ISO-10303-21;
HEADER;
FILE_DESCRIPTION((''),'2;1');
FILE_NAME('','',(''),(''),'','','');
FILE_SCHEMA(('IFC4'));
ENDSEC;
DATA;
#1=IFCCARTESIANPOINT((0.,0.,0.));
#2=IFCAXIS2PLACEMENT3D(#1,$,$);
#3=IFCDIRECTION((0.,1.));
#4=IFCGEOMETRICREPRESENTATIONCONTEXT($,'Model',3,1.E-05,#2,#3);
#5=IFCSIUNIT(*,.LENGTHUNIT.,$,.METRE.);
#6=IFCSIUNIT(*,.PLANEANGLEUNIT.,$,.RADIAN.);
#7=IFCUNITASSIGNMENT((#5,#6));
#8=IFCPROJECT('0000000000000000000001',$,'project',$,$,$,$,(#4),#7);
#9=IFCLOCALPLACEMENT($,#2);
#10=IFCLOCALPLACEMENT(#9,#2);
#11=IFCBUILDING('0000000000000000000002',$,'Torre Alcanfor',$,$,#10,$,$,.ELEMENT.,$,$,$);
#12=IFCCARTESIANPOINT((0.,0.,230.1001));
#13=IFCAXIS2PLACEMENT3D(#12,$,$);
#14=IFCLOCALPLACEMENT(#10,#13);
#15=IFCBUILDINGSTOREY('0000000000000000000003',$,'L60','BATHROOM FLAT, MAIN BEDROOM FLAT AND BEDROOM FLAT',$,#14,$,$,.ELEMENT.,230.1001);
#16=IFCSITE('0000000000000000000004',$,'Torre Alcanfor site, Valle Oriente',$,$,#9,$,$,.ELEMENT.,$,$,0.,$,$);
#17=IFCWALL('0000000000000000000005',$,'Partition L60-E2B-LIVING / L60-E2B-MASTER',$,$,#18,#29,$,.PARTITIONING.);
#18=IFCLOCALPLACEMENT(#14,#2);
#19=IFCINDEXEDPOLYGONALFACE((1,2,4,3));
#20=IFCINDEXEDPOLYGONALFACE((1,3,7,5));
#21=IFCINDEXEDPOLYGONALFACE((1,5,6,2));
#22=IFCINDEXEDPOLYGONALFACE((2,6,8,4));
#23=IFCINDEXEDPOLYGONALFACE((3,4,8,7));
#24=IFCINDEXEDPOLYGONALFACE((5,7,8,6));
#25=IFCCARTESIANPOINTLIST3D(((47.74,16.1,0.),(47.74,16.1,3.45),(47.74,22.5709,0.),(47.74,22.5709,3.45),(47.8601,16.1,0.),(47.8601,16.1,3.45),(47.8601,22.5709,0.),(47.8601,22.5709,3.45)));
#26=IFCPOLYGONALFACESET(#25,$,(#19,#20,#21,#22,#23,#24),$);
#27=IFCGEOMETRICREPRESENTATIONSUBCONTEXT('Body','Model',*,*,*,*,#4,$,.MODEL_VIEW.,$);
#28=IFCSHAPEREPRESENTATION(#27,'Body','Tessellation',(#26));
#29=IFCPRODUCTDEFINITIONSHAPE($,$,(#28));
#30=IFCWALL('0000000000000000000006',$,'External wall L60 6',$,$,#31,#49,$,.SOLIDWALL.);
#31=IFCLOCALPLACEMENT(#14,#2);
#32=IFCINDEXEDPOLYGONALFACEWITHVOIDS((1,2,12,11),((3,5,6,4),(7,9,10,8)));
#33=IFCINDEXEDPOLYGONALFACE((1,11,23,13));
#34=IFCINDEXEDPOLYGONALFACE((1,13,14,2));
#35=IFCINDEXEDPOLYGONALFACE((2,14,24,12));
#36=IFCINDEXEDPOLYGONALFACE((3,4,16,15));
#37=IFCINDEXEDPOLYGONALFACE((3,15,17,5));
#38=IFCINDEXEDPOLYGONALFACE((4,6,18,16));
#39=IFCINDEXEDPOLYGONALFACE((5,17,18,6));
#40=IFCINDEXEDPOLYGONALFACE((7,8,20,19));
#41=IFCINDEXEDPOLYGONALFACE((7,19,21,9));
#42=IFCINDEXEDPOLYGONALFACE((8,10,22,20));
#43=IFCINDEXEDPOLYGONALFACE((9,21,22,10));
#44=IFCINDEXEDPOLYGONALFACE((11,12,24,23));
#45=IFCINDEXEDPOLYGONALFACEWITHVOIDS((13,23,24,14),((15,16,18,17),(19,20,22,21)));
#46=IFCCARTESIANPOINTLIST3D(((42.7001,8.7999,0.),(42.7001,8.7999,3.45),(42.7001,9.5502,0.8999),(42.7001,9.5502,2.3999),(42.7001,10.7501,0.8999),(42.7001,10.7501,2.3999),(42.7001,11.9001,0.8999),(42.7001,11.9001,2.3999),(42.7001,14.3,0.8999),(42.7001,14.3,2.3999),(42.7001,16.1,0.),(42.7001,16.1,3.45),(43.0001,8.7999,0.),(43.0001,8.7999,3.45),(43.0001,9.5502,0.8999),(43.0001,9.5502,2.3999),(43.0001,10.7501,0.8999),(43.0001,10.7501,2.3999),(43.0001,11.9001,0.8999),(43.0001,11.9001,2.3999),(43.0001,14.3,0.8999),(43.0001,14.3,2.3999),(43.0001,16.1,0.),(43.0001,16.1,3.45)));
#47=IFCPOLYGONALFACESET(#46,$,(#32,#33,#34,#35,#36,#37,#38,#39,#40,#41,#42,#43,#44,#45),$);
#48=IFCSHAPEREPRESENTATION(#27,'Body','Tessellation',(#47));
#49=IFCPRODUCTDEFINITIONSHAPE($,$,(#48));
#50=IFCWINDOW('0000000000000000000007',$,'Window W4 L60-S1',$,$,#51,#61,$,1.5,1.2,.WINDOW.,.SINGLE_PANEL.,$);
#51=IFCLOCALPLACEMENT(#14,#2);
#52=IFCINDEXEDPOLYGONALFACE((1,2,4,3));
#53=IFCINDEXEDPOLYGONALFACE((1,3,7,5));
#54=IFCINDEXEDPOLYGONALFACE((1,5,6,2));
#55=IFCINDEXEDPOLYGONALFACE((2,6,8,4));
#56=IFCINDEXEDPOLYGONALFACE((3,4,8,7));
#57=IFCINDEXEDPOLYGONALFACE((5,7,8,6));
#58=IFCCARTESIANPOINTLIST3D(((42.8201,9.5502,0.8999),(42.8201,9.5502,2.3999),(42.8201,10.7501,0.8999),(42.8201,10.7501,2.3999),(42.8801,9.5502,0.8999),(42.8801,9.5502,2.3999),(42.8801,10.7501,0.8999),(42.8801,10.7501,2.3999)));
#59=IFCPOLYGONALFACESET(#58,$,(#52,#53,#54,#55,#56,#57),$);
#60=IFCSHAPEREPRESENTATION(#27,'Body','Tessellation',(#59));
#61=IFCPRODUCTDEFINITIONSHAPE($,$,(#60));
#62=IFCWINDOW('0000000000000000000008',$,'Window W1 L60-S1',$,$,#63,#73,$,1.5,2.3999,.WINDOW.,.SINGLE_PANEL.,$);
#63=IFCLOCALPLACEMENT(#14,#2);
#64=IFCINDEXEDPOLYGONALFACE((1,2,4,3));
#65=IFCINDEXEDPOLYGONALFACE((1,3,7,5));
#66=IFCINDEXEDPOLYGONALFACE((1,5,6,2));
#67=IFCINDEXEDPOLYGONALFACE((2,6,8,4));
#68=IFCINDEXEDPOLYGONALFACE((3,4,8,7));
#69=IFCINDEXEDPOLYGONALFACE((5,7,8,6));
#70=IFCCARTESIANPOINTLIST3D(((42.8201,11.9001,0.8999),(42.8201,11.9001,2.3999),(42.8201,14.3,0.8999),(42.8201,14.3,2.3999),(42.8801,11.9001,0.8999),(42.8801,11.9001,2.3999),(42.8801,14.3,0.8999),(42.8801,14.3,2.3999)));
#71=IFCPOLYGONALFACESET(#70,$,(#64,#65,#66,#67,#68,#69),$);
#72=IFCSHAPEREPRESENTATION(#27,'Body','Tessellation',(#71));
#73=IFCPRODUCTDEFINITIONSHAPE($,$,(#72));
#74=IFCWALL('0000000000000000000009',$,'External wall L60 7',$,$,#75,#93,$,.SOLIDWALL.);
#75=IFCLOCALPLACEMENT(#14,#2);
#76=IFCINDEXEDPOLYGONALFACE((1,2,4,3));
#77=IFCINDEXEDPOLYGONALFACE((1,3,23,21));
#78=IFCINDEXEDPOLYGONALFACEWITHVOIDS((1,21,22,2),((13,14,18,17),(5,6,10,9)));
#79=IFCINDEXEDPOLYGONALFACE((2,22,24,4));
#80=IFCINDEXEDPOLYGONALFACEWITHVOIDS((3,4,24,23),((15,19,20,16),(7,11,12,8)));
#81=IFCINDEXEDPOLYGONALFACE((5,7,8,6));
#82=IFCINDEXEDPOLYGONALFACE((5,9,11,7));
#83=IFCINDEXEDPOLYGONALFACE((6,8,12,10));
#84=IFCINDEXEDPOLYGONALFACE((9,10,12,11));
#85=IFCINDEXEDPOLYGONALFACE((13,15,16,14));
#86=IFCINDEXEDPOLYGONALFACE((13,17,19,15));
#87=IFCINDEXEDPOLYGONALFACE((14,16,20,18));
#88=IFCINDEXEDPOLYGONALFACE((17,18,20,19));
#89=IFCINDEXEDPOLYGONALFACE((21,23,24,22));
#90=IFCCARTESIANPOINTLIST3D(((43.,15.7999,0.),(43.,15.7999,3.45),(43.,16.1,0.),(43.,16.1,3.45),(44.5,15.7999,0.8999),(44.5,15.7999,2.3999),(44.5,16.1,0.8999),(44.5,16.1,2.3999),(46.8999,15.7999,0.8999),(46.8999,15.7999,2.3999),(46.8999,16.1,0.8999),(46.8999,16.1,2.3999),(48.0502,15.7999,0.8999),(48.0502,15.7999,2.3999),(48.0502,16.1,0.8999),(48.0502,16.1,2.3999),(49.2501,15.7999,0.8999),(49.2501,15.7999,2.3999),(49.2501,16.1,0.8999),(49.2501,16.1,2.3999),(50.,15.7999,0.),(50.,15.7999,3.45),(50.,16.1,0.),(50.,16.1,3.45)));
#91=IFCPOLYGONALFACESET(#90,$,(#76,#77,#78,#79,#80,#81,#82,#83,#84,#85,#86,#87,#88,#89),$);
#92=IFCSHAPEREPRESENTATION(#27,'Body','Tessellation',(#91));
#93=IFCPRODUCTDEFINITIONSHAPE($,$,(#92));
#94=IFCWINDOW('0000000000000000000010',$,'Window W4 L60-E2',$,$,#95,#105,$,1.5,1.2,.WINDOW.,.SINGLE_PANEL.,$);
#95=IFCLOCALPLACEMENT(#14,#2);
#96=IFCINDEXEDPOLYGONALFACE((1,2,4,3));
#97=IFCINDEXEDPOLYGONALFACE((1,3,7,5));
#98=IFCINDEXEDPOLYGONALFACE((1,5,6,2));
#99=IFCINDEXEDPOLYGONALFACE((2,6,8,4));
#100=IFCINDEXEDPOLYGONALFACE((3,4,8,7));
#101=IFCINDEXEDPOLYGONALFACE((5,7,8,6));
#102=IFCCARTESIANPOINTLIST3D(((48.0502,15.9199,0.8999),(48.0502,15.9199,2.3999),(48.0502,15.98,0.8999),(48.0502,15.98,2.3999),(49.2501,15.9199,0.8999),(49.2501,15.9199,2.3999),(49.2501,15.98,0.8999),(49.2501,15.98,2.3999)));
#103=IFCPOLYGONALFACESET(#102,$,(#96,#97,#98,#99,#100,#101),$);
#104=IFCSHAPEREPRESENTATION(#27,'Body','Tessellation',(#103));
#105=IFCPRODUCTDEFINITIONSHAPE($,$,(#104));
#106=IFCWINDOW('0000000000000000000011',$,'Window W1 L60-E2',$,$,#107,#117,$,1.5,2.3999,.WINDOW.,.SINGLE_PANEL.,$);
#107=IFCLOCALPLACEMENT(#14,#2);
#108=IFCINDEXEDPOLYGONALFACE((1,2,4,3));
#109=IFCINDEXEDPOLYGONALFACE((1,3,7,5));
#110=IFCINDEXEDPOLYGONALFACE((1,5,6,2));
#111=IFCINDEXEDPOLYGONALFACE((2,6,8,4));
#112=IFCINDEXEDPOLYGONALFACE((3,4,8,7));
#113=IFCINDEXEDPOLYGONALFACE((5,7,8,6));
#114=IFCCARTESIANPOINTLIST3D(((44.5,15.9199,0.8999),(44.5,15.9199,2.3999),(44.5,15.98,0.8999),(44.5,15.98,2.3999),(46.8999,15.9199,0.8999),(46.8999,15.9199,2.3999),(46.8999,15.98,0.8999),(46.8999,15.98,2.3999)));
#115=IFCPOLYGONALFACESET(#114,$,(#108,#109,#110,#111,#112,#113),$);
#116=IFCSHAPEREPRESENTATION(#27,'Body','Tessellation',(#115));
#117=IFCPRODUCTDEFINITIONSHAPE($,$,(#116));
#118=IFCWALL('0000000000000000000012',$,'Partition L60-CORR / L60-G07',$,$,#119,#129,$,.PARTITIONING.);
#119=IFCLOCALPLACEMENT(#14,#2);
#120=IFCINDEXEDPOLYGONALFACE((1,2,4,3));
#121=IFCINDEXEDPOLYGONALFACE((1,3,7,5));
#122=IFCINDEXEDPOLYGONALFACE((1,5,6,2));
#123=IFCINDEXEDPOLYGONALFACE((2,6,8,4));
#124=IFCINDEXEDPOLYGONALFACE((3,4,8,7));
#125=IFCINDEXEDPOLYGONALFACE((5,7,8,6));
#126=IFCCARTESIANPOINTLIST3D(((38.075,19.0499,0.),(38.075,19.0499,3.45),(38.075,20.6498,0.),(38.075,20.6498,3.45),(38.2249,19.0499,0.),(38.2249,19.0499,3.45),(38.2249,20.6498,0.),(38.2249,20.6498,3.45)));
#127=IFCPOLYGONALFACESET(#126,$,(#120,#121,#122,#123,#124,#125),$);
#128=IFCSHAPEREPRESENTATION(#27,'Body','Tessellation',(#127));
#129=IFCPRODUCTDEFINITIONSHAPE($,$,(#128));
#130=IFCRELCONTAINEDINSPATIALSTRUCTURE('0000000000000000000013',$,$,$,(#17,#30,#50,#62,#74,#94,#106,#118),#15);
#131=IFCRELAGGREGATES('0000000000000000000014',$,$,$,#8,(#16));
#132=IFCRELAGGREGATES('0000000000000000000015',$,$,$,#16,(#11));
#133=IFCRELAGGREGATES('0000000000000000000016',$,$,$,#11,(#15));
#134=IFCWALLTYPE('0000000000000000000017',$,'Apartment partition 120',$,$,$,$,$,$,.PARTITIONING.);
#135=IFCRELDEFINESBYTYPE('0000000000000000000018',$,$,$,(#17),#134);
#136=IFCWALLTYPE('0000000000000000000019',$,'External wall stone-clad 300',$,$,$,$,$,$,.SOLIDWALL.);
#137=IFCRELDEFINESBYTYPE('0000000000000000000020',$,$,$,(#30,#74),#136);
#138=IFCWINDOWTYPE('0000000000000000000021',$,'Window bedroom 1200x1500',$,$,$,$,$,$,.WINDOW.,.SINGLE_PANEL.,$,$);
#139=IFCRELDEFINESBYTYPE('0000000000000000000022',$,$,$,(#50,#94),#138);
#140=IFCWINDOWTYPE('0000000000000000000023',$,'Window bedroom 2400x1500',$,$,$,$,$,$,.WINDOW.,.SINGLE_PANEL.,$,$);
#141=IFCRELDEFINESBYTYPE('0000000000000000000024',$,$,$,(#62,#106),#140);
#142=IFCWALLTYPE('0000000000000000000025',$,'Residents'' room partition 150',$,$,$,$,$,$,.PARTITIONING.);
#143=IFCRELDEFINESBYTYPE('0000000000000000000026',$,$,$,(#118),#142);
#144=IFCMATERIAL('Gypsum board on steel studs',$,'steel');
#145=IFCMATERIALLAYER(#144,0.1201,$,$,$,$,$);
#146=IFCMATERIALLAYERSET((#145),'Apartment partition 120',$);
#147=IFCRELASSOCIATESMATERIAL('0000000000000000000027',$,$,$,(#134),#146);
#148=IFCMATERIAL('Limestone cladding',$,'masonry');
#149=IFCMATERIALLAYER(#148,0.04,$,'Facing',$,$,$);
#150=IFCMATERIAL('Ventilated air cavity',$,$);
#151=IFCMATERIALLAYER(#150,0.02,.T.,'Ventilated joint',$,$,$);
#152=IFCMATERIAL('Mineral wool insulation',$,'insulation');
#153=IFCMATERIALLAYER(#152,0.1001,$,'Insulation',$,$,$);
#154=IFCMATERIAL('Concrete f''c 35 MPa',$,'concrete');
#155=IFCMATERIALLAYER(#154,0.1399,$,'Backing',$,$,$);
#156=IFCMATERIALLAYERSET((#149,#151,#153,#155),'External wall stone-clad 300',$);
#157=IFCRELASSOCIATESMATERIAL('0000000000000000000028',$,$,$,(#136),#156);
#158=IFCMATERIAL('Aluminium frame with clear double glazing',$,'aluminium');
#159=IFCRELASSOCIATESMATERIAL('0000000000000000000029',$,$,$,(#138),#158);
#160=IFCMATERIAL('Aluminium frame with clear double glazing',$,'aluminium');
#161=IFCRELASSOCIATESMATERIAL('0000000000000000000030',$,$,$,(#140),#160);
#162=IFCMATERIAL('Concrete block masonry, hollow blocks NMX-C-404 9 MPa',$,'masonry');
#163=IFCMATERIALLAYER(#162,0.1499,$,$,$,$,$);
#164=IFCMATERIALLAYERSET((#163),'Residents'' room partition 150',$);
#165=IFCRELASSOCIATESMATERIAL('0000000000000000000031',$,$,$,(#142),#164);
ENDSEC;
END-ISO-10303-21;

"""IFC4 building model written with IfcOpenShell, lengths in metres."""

from ifc_helpers import new_model, si_unit, direction, frame, frame_2d, origin, place, context, subcontext, project, spatial, rectangle, extrude, material, layer, layer_set, type_object, element, fill, save


model = new_model("IFC4")

# Units and contexts
model_context = context("Model", 3, precision=1e-05, world=origin(), true_north=direction((0.0, 1.0)))
body_context = subcontext(model_context, "Body", "Model", "MODEL_VIEW")
ifc_project = project(units=[si_unit("LENGTHUNIT", "METRE"), si_unit("PLANEANGLEUNIT", "RADIAN")], contexts=[model_context])

# Site, building, storey
site_placement = place(None, origin())
site = spatial("IfcSite", under=ifc_project, at=site_placement, Name="Torre Alcanfor site, Valle Oriente", CompositionType="ELEMENT", RefElevation=0.0)
building_placement = place(site_placement, origin())
building = spatial("IfcBuilding", under=site, at=building_placement, Name="Torre Alcanfor", CompositionType="ELEMENT")
storey_placement = place(building_placement, frame((0.0, 0.0, 230.1001)))
storey = spatial("IfcBuildingStorey", under=building, at=storey_placement, Name="L60", Description="BATHROOM FLAT, MAIN BEDROOM FLAT AND BEDROOM FLAT", CompositionType="ELEMENT", Elevation=230.1001)

# Wall
ifc_material_1 = material(Name="Gypsum board on steel studs", Category="steel")
ifc_layer_1 = layer(ifc_material_1, 0.1201)
ifc_layer_set_1 = layer_set([ifc_layer_1], Name="Apartment partition 120")
wall_type_1 = type_object("IfcWallType", Name="Apartment partition 120", PredefinedType="PARTITIONING", material=ifc_layer_set_1)
wall_1_placement = place(storey_placement, frame((47.8, 16.1001, 0.0), z_axis=(0.0, 0.0, 1.0), x_axis=(0.0, 1.0, 0.0)))
element("IfcWall", 1, at=wall_1_placement, inside=storey, type_object=wall_type_1, Name="Partition L60-E2B-LIVING / L60-E2B-MASTER", PredefinedType="PARTITIONING", context=body_context, shape_type="SweptSolid", body=[
    extrude(rectangle(XDim=6.4709, YDim=0.1201, at=frame_2d((3.2354, 0.0))), origin(), (0.0, 0.0, 1.0), 3.45),
])

# Walls, openings, windows
ifc_material_2 = material(Name="Limestone cladding", Category="masonry")
ifc_layer_2 = layer(ifc_material_2, 0.04, Name="Facing")
ifc_material_3 = material(Name="Ventilated air cavity")
ifc_layer_3 = layer(ifc_material_3, 0.02, ventilated=True, Name="Ventilated joint")
ifc_material_4 = material(Name="Mineral wool insulation", Category="insulation")
ifc_layer_4 = layer(ifc_material_4, 0.1001, Name="Insulation")
ifc_material_5 = material(Name="Concrete f'c 35 MPa", Category="concrete")
ifc_layer_5 = layer(ifc_material_5, 0.1399, Name="Backing")
ifc_layer_set_2 = layer_set([ifc_layer_2, ifc_layer_3, ifc_layer_4, ifc_layer_5], Name="External wall stone-clad 300")
wall_type_2 = type_object("IfcWallType", Name="External wall stone-clad 300", PredefinedType="SOLIDWALL", material=ifc_layer_set_2)
wall_2_placement = place(storey_placement, frame((42.8501, 8.8, 0.0), z_axis=(0.0, 0.0, 1.0), x_axis=(0.0, 1.0, 0.0)))
wall_2 = element("IfcWall", 2, at=wall_2_placement, inside=storey, type_object=wall_type_2, Name="External wall L60 6", PredefinedType="SOLIDWALL", context=body_context, shape_type="SweptSolid", body=[
    extrude(rectangle(XDim=7.3, YDim=0.3, at=frame_2d((3.6499, 0.0))), origin(), (0.0, 0.0, 1.0), 3.45),
])
opening_1_placement = place(wall_2_placement, frame((3.1001, 0.0, 0.8999)))
opening_1 = element("IfcOpeningElement", 3, at=opening_1_placement, cuts=wall_2, PredefinedType="OPENING", context=body_context, shape_type="SweptSolid", body=[
    extrude(rectangle(XDim=2.3999, YDim=1.5, at=frame_2d((1.2, 0.75))), frame((0.0, 0.1599, 0.0), z_axis=(0.0, -1.0, 0.0), x_axis=(1.0, 0.0, 0.0)), (0.0, 0.0, 1.0), 0.3201),
])
opening_2_placement = place(wall_2_placement, frame((0.75, 0.0, 0.8999)))
opening_2 = element("IfcOpeningElement", 4, at=opening_2_placement, cuts=wall_2, PredefinedType="OPENING", context=body_context, shape_type="SweptSolid", body=[
    extrude(rectangle(XDim=1.2, YDim=1.5, at=frame_2d((0.6001, 0.75))), frame((0.0, 0.1599, 0.0), z_axis=(0.0, -1.0, 0.0), x_axis=(1.0, 0.0, 0.0)), (0.0, 0.0, 1.0), 0.3201),
])
ifc_material_6 = material(Name="Aluminium frame with clear double glazing", Category="aluminium")
window_type_1 = type_object("IfcWindowType", Name="Window bedroom 1200x1500", PartitioningType="SINGLE_PANEL", PredefinedType="WINDOW", material=ifc_material_6)
window_1_placement = place(opening_2_placement, origin())
window_1 = element("IfcWindow", 5, at=window_1_placement, inside=storey, type_object=window_type_1, Name="Window W4 L60-S1", OverallHeight=1.5, OverallWidth=1.2, PartitioningType="SINGLE_PANEL", PredefinedType="WINDOW", context=body_context, shape_type="SweptSolid", body=[
    extrude(rectangle(XDim=1.2, YDim=1.5, at=frame_2d((0.6001, 0.75))), frame((0.0, 0.03, 0.0), z_axis=(0.0, -1.0, 0.0), x_axis=(1.0, 0.0, 0.0)), (0.0, 0.0, 1.0), 0.0601),
])
fill(opening_2, window_1)
ifc_material_7 = material(Name="Aluminium frame with clear double glazing", Category="aluminium")
window_type_2 = type_object("IfcWindowType", Name="Window bedroom 2400x1500", PartitioningType="SINGLE_PANEL", PredefinedType="WINDOW", material=ifc_material_7)
window_2_placement = place(opening_1_placement, origin())
window_2 = element("IfcWindow", 6, at=window_2_placement, inside=storey, type_object=window_type_2, Name="Window W1 L60-S1", OverallHeight=1.5, OverallWidth=2.3999, PartitioningType="SINGLE_PANEL", PredefinedType="WINDOW", context=body_context, shape_type="SweptSolid", body=[
    extrude(rectangle(XDim=2.3999, YDim=1.5, at=frame_2d((1.2, 0.75))), frame((0.0, 0.03, 0.0), z_axis=(0.0, -1.0, 0.0), x_axis=(1.0, 0.0, 0.0)), (0.0, 0.0, 1.0), 0.0601),
])
fill(opening_1, window_2)
wall_3_placement = place(storey_placement, frame((43.0, 15.95, 0.0), z_axis=(0.0, 0.0, 1.0), x_axis=(1.0, 0.0, 0.0)))
wall_3 = element("IfcWall", 7, at=wall_3_placement, inside=storey, type_object=wall_type_2, Name="External wall L60 7", PredefinedType="SOLIDWALL", context=body_context, shape_type="SweptSolid", body=[
    extrude(rectangle(XDim=7.0, YDim=0.3, at=frame_2d((3.5, 0.0))), origin(), (0.0, 0.0, 1.0), 3.45),
])
opening_3_placement = place(wall_3_placement, frame((1.5, 0.0, 0.8999)))
opening_3 = element("IfcOpeningElement", 8, at=opening_3_placement, cuts=wall_3, PredefinedType="OPENING", context=body_context, shape_type="SweptSolid", body=[
    extrude(rectangle(XDim=2.3999, YDim=1.5, at=frame_2d((1.2, 0.75))), frame((0.0, 0.1599, 0.0), z_axis=(0.0, -1.0, 0.0), x_axis=(1.0, 0.0, 0.0)), (0.0, 0.0, 1.0), 0.3201),
])
opening_4_placement = place(wall_3_placement, frame((5.05, 0.0, 0.8999)))
opening_4 = element("IfcOpeningElement", 9, at=opening_4_placement, cuts=wall_3, PredefinedType="OPENING", context=body_context, shape_type="SweptSolid", body=[
    extrude(rectangle(XDim=1.2, YDim=1.5, at=frame_2d((0.6001, 0.75))), frame((0.0, 0.1599, 0.0), z_axis=(0.0, -1.0, 0.0), x_axis=(1.0, 0.0, 0.0)), (0.0, 0.0, 1.0), 0.3201),
])
window_3_placement = place(opening_4_placement, origin())
window_3 = element("IfcWindow", 10, at=window_3_placement, inside=storey, type_object=window_type_1, Name="Window W4 L60-E2", OverallHeight=1.5, OverallWidth=1.2, PartitioningType="SINGLE_PANEL", PredefinedType="WINDOW", context=body_context, shape_type="SweptSolid", body=[
    extrude(rectangle(XDim=1.2, YDim=1.5, at=frame_2d((0.6001, 0.75))), frame((0.0, 0.03, 0.0), z_axis=(0.0, -1.0, 0.0), x_axis=(1.0, 0.0, 0.0)), (0.0, 0.0, 1.0), 0.0601),
])
fill(opening_4, window_3)
window_4_placement = place(opening_3_placement, origin())
window_4 = element("IfcWindow", 11, at=window_4_placement, inside=storey, type_object=window_type_2, Name="Window W1 L60-E2", OverallHeight=1.5, OverallWidth=2.3999, PartitioningType="SINGLE_PANEL", PredefinedType="WINDOW", context=body_context, shape_type="SweptSolid", body=[
    extrude(rectangle(XDim=2.3999, YDim=1.5, at=frame_2d((1.2, 0.75))), frame((0.0, 0.03, 0.0), z_axis=(0.0, -1.0, 0.0), x_axis=(1.0, 0.0, 0.0)), (0.0, 0.0, 1.0), 0.0601),
])
fill(opening_3, window_4)

# Wall
ifc_material_8 = material(Name="Concrete block masonry, hollow blocks NMX-C-404 9 MPa", Category="masonry")
ifc_layer_6 = layer(ifc_material_8, 0.1499)
ifc_layer_set_3 = layer_set([ifc_layer_6], Name="Residents' room partition 150")
wall_type_3 = type_object("IfcWallType", Name="Residents' room partition 150", PredefinedType="PARTITIONING", material=ifc_layer_set_3)
wall_4_placement = place(storey_placement, frame((38.1499, 19.05, 0.0), z_axis=(0.0, 0.0, 1.0), x_axis=(0.0, 1.0, 0.0)))
element("IfcWall", 12, at=wall_4_placement, inside=storey, type_object=wall_type_3, Name="Partition L60-CORR / L60-G07", PredefinedType="PARTITIONING", context=body_context, shape_type="SweptSolid", body=[
    extrude(rectangle(XDim=1.5999, YDim=0.1499, at=frame_2d((0.7998, 0.0))), origin(), (0.0, 0.0, 1.0), 3.45),
])

save(model, "model.ifc")
